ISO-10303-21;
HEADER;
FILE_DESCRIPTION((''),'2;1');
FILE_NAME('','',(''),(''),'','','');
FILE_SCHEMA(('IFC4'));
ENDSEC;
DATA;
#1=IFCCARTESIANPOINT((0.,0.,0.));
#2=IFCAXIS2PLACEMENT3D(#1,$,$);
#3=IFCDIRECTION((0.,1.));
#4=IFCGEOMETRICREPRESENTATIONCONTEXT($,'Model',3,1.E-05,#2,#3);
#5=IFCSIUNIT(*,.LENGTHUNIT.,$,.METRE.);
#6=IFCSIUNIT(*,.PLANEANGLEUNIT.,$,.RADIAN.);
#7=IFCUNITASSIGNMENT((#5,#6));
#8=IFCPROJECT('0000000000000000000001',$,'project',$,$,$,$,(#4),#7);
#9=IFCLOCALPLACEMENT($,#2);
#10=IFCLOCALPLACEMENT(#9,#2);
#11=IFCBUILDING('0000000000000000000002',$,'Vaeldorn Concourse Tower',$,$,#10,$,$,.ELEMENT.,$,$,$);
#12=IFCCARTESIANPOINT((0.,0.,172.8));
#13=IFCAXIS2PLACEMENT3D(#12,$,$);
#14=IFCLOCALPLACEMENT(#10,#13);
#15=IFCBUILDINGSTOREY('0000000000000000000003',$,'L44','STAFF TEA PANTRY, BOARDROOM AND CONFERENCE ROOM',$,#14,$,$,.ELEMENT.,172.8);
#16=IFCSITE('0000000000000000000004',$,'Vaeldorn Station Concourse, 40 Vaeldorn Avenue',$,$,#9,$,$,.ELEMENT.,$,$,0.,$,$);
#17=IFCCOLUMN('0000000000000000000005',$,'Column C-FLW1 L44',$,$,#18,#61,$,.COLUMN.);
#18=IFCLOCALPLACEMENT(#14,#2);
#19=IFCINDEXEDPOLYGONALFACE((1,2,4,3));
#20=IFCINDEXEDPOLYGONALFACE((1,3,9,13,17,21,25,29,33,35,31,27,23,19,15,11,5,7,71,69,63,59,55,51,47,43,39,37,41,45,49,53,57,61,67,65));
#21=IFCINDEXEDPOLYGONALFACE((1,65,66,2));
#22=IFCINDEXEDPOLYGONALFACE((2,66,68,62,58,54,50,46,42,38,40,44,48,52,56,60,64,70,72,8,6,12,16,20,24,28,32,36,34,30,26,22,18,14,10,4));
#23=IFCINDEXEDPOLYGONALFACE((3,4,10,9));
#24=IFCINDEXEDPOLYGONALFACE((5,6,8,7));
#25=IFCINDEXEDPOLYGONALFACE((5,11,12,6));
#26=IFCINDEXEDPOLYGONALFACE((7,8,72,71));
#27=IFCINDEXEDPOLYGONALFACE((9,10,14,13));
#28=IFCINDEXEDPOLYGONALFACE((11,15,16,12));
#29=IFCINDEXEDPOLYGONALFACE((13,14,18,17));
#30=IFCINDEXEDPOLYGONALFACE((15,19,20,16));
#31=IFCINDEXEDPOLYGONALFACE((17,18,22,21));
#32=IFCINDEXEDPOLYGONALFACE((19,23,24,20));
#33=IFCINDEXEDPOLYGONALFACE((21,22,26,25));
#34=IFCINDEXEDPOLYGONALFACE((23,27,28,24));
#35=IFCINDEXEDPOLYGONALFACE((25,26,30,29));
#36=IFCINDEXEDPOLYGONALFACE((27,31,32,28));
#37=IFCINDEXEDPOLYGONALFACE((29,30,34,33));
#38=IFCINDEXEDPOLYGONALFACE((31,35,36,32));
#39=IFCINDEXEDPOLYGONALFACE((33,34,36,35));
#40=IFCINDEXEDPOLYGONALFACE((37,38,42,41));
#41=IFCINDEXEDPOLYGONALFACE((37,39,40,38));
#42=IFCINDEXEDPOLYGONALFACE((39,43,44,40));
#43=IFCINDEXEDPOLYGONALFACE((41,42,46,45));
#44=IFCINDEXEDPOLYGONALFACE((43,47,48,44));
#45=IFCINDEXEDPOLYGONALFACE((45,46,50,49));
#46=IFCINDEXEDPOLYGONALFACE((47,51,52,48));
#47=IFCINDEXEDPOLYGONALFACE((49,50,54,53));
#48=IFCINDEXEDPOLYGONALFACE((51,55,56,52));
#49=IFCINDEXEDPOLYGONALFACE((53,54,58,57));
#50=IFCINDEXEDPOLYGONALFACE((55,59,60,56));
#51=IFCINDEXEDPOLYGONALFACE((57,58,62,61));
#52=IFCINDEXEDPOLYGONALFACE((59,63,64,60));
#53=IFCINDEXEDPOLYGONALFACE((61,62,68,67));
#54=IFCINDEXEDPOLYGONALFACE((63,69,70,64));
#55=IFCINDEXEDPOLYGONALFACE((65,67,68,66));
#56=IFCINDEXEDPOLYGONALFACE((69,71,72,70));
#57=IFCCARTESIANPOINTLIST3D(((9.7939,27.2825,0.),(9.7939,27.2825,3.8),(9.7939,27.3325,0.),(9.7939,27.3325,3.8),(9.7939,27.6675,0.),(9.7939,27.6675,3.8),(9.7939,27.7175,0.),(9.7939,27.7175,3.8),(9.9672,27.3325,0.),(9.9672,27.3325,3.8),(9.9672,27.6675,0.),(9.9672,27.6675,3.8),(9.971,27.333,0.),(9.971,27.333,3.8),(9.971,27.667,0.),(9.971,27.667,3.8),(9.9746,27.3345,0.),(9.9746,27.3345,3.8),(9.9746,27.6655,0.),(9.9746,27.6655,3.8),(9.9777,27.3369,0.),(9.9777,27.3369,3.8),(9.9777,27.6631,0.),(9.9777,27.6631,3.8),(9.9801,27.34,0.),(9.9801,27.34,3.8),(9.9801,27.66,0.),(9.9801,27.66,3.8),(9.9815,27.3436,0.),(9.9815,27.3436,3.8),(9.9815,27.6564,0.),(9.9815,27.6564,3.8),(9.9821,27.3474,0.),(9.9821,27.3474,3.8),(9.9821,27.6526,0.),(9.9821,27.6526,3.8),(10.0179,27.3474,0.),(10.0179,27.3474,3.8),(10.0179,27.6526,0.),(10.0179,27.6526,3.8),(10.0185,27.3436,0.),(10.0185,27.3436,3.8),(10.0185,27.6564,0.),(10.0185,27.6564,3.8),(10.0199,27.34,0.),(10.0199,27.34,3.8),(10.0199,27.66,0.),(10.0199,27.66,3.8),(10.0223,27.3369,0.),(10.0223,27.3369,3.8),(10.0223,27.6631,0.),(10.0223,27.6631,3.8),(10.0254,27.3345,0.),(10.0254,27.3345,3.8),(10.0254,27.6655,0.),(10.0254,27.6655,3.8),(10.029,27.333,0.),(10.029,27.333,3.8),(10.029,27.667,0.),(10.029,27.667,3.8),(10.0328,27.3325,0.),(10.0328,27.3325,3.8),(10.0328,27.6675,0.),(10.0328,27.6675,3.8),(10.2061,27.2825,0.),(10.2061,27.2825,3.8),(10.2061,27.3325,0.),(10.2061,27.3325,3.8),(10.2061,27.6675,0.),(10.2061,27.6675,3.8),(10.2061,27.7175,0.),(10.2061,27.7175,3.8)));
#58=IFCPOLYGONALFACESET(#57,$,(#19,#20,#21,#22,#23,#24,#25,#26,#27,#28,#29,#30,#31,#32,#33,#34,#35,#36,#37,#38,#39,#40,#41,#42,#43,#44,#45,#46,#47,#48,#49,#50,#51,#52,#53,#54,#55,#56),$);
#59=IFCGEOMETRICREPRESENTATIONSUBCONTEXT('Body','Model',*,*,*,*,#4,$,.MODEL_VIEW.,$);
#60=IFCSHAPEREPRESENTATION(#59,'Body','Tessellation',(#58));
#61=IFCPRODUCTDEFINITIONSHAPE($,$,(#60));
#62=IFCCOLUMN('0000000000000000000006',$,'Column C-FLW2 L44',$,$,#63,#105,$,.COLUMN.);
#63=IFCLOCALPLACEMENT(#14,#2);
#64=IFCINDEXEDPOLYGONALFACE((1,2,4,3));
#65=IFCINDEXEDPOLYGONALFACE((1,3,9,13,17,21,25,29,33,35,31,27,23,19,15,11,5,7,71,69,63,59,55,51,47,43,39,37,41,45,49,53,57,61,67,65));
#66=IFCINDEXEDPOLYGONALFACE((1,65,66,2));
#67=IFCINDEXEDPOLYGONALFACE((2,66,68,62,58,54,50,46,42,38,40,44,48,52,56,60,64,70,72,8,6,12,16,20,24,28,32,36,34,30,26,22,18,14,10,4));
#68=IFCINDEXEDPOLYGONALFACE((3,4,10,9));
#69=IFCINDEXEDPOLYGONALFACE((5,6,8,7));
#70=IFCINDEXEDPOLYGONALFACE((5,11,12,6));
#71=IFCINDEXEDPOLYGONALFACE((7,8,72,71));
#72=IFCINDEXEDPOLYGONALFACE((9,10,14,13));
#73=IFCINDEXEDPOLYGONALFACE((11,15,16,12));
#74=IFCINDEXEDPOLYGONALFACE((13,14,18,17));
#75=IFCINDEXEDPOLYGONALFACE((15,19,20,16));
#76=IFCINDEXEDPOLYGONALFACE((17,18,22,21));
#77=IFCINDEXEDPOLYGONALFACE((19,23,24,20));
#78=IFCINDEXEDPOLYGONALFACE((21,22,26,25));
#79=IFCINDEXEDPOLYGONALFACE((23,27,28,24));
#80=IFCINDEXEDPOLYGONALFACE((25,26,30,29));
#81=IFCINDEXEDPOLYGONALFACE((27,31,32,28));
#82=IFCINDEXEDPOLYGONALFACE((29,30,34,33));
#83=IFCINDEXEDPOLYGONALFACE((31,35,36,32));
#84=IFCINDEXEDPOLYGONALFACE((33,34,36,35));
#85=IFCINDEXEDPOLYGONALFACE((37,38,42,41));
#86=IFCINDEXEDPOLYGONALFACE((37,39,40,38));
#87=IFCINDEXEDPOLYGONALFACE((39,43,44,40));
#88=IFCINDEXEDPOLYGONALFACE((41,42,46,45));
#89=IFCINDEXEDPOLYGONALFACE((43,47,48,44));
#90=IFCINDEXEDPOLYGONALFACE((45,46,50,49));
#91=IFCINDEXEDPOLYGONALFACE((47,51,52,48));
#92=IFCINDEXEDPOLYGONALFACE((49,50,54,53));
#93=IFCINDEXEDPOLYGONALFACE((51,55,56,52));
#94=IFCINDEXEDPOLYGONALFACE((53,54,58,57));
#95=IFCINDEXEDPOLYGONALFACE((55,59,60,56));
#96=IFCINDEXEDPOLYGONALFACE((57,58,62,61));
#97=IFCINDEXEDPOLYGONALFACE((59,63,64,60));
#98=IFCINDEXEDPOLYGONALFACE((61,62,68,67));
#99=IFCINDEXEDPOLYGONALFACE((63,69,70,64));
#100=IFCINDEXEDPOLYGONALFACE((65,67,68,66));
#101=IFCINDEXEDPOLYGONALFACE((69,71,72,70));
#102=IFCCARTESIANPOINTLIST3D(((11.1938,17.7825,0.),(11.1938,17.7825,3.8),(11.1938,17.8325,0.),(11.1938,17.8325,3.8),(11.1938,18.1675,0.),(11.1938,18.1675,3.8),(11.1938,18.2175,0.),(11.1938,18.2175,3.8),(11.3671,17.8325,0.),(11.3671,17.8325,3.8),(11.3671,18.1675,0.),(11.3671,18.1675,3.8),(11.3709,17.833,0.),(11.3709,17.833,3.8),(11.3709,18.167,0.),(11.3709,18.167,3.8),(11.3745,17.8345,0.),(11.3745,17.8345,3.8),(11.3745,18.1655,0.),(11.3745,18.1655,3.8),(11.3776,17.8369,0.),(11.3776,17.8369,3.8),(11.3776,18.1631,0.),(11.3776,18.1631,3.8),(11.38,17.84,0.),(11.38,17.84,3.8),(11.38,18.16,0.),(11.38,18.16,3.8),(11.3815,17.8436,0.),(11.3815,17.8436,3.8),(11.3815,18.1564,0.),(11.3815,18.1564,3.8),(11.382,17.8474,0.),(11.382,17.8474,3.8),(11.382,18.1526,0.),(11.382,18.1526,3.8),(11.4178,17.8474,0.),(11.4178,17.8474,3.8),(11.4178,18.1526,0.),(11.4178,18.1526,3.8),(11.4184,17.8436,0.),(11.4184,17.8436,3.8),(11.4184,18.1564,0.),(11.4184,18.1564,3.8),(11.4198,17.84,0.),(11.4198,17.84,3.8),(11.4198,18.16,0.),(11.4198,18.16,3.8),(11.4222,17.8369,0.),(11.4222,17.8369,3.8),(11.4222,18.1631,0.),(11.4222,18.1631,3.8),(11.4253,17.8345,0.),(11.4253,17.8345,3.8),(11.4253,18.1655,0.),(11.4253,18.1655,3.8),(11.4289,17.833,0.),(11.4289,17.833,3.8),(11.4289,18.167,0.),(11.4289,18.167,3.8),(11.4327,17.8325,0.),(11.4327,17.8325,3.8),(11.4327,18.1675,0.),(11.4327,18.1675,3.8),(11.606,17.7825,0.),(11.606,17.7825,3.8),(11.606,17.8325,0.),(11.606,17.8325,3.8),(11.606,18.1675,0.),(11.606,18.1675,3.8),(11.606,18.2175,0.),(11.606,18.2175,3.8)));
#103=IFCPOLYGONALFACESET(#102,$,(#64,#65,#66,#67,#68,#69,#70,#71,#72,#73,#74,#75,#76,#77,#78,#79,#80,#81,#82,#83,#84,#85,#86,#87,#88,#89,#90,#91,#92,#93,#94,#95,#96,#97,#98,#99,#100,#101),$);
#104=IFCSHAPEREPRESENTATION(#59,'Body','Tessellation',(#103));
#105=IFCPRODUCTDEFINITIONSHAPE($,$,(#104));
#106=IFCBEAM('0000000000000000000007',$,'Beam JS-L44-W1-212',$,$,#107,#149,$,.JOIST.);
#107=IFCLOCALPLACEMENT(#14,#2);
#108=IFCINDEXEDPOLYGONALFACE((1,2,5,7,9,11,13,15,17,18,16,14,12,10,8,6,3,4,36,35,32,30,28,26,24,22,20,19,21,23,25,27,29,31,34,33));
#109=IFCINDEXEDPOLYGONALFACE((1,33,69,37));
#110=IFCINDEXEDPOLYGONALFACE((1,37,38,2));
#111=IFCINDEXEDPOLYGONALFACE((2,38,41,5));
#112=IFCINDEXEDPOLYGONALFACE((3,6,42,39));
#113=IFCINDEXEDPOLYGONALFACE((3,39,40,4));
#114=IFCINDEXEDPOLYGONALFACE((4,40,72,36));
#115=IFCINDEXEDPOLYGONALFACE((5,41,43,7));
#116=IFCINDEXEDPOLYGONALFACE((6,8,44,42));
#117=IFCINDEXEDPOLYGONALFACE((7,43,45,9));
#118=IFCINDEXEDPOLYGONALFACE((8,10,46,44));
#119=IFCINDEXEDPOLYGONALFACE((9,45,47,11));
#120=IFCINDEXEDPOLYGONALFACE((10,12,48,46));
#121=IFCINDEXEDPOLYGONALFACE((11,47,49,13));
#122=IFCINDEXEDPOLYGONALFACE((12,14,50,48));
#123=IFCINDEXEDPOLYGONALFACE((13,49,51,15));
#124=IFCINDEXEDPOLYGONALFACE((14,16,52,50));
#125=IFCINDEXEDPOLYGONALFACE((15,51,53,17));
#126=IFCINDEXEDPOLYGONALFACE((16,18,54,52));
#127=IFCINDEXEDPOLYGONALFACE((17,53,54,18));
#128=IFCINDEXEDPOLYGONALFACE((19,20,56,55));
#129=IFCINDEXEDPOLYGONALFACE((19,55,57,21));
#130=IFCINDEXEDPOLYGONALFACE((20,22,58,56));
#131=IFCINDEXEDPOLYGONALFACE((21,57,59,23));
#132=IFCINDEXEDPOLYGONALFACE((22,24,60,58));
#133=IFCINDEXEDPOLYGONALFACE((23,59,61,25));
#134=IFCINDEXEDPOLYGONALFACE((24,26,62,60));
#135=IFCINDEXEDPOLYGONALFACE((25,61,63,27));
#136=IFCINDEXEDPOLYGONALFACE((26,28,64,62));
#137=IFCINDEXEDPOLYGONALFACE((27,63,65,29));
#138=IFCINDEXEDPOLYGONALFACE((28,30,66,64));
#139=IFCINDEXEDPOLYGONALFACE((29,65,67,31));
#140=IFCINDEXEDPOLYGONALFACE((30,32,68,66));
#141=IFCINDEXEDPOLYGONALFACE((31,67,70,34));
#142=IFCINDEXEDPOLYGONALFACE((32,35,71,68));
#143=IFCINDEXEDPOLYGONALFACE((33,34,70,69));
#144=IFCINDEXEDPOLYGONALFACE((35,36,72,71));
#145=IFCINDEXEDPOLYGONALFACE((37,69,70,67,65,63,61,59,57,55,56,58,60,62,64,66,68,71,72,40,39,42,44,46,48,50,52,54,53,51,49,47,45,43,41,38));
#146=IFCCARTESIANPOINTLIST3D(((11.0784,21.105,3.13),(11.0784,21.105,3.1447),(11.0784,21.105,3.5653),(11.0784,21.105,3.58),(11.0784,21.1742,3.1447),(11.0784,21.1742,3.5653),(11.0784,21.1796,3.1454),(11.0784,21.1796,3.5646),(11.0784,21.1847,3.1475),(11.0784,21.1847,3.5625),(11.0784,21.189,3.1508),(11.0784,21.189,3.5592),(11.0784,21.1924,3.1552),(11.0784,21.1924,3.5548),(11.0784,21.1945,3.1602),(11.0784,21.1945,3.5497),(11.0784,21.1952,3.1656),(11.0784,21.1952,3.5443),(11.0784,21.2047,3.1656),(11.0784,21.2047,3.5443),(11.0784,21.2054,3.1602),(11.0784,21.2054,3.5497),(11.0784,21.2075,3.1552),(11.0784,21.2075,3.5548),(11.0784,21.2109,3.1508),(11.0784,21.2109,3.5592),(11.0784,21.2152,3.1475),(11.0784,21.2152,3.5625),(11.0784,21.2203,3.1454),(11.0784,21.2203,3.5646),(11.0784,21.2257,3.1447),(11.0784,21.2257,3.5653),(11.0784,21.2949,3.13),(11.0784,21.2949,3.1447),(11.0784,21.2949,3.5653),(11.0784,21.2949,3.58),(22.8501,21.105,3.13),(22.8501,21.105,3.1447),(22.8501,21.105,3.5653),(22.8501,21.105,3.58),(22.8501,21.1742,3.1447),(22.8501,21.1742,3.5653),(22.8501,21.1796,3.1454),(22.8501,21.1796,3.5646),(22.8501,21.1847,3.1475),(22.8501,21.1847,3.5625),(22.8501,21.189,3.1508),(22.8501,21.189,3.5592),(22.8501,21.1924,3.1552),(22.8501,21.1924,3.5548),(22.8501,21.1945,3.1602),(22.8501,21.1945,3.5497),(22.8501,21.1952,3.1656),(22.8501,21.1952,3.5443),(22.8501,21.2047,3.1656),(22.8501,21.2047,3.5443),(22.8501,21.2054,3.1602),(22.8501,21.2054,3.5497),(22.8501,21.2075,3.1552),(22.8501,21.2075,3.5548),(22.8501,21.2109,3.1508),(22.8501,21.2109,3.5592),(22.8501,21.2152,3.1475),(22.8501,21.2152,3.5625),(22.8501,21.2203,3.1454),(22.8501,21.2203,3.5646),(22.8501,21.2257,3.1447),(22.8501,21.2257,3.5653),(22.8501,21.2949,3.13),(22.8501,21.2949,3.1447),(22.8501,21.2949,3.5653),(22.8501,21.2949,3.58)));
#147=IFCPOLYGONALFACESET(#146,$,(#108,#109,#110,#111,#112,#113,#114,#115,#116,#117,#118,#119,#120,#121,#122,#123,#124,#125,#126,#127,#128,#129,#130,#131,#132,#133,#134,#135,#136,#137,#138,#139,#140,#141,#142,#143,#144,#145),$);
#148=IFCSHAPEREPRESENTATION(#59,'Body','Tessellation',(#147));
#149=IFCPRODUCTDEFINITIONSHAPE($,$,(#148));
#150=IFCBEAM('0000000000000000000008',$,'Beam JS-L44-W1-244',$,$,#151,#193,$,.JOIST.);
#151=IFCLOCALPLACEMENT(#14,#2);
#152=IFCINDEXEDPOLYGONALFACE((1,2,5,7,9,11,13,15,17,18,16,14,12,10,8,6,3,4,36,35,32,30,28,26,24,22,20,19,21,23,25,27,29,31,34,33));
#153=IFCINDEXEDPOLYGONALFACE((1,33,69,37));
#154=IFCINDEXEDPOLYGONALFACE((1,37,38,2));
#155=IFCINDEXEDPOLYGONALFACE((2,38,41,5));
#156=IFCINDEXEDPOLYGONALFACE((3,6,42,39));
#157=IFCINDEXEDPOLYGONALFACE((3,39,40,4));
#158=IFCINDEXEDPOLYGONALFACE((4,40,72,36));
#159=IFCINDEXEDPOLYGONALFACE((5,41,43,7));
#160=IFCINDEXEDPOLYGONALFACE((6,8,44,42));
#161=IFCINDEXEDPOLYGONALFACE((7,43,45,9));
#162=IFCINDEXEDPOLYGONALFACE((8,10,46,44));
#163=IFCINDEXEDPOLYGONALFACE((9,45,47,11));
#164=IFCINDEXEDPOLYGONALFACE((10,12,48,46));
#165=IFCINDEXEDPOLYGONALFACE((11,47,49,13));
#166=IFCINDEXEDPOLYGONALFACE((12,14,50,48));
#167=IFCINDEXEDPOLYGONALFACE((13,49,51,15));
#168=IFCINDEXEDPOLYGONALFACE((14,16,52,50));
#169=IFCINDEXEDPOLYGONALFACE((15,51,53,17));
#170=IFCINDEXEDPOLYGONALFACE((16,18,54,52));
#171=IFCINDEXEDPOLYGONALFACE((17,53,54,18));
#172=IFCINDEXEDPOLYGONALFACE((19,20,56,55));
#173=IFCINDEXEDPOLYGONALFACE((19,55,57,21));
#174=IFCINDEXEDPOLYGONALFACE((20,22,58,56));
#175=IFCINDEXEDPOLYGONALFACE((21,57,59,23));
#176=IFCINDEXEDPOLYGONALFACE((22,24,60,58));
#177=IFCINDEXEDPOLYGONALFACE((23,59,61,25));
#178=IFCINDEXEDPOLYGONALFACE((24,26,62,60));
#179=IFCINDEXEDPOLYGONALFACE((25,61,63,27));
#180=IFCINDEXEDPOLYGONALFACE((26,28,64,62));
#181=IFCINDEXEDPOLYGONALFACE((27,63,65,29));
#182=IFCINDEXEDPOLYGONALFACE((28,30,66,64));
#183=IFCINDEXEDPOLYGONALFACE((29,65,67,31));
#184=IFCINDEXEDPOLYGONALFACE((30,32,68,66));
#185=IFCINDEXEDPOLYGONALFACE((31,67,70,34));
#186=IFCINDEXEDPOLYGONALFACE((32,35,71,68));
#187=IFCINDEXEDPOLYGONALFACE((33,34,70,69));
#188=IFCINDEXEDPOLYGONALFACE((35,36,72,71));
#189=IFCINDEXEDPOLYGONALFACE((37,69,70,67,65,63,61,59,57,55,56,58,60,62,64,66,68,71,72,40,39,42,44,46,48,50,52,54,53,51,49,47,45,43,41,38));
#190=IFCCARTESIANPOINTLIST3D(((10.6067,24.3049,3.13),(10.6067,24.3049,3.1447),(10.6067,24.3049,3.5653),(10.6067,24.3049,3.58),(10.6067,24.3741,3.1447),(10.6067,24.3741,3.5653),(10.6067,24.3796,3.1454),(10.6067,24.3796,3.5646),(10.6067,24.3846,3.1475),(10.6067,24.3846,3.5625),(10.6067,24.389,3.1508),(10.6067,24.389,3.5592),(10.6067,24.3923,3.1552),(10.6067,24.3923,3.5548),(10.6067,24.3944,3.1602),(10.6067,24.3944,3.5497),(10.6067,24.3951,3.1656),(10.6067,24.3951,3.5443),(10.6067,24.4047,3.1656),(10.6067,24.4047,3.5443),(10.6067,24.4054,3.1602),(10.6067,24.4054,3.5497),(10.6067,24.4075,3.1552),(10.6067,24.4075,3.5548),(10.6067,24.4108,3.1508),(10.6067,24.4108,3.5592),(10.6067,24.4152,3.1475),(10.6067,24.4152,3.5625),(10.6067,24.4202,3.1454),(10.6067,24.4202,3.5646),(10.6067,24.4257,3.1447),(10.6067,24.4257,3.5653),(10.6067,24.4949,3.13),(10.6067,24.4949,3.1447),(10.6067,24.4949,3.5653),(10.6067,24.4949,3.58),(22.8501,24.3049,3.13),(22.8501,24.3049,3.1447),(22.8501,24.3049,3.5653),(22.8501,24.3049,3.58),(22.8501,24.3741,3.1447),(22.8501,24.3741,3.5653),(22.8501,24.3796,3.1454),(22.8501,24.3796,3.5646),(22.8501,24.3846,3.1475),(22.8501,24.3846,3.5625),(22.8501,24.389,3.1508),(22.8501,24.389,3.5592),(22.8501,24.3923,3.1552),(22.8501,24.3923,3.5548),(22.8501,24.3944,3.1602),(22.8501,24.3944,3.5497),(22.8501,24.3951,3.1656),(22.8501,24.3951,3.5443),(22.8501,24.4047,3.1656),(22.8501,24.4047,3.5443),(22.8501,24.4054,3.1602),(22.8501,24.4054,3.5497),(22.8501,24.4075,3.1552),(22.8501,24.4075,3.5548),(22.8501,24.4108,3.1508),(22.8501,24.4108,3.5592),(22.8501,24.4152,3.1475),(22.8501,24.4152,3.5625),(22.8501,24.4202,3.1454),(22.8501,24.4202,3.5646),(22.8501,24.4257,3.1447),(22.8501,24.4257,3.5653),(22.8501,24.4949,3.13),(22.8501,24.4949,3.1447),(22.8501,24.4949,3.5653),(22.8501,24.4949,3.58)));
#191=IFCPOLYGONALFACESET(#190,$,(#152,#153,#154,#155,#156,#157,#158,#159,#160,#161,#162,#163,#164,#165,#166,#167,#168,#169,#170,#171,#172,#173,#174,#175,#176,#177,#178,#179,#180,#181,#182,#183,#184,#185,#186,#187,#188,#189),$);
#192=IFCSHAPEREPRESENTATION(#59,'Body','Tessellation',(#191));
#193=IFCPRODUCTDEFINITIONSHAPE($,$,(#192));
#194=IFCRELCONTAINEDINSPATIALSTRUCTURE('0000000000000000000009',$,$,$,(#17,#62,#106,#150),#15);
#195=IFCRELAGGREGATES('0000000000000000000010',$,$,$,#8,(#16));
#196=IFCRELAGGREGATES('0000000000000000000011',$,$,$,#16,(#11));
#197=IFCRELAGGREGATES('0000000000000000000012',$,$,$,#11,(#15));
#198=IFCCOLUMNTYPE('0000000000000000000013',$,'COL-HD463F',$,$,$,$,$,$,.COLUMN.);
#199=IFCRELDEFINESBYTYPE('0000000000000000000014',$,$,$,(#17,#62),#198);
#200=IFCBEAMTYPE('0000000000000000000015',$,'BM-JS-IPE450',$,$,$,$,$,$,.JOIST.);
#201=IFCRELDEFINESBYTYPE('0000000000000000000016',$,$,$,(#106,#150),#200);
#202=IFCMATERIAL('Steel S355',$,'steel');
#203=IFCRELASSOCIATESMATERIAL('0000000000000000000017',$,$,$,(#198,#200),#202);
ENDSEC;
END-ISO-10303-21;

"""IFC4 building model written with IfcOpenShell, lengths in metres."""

from ifc_helpers import new_model, si_unit, direction, frame, origin, origin_2d, place, context, subcontext, project, spatial, i_section, extrude, source, transform, mapped, material, material_profile, profile_set, type_object, element, save


model = new_model("IFC4")

# Units and contexts
model_context = context("Model", 3, precision=1e-05, world=origin(), true_north=direction((0.0, 1.0)))
body_context = subcontext(model_context, "Body", "Model", "MODEL_VIEW")
ifc_project = project(units=[si_unit("LENGTHUNIT", "METRE"), si_unit("PLANEANGLEUNIT", "RADIAN")], contexts=[model_context])

# Site, building, storey
site_placement = place(None, origin())
site = spatial("IfcSite", under=ifc_project, at=site_placement, Name="Vaeldorn Station Concourse, 40 Vaeldorn Avenue", CompositionType="ELEMENT", RefElevation=0.0)
building_placement = place(site_placement, origin())
building = spatial("IfcBuilding", under=site, at=building_placement, Name="Vaeldorn Concourse Tower", CompositionType="ELEMENT")
storey_placement = place(building_placement, frame((0.0, 0.0, 172.8)))
storey = spatial("IfcBuildingStorey", under=building, at=storey_placement, Name="L44", Description="STAFF TEA PANTRY, BOARDROOM AND CONFERENCE ROOM", CompositionType="ELEMENT", Elevation=172.8)

# Columns
ifc_material_1 = material(Name="Steel S355", Category="steel")
ifc_material_profile_1 = material_profile(ifc_material_1, i_section(OverallWidth=0.4121, OverallDepth=0.4351, WebThickness=0.0359, FlangeThickness=0.05, FilletRadius=0.0149, at=origin_2d()), Name="HD 400x463")
ifc_profile_set_1 = profile_set([ifc_material_profile_1], Name="Steel S355")
column_type = type_object("IfcColumnType", Name="COL-HD463F", PredefinedType="COLUMN", material=ifc_profile_set_1)
shared_shape_1 = source(origin(), body_context, "Body", "SweptSolid", [
    extrude(i_section(OverallWidth=0.4121, OverallDepth=0.4351, WebThickness=0.0359, FlangeThickness=0.05, FilletRadius=0.0149, at=origin_2d()), origin(), (0.0, 0.0, 1.0), 3.8),
])
for number, where, z_axis, x_axis, name in (
    (1, (10.0, 27.5, 0.0), (0.0, 0.0, 1.0), (1.0, 0.0, 0.0), "Column C-FLW1 L44"),
    (2, (11.3999, 18.0, 0.0), (0.0, 0.0, 1.0), (1.0, 0.0, 0.0), "Column C-FLW2 L44"),
):
    element("IfcColumn", number, at=place(storey_placement, frame(where, z_axis=z_axis, x_axis=x_axis)), inside=storey, type_object=column_type, Name=name, PredefinedType="COLUMN", context=body_context, shape_type="MappedRepresentation", body=[
        mapped(shared_shape_1, transform((0.0, 0.0, 0.0), scale=1.0)),
    ])

# Beams
ifc_material_profile_2 = material_profile(ifc_material_1, i_section(OverallWidth=0.1899, OverallDepth=0.45, WebThickness=0.0095, FlangeThickness=0.0146, FilletRadius=0.021, at=origin_2d()), Name="IPE 450")
ifc_profile_set_2 = profile_set([ifc_material_profile_2], Name="Steel S355")
beam_type_1 = type_object("IfcBeamType", Name="BM-JS-IPE450", PredefinedType="JOIST", material=ifc_profile_set_2)
shared_shape_2 = source(origin(), body_context, "Body", "SweptSolid", [
    extrude(i_section(OverallWidth=0.1899, OverallDepth=0.45, WebThickness=0.0095, FlangeThickness=0.0146, FilletRadius=0.021, at=origin_2d()), origin(), (0.0, 0.0, 1.0), 11.7717),
])
beam_1_placement = place(storey_placement, frame((11.0784, 21.2, 3.355), z_axis=(1.0, 0.0, 0.0), x_axis=(0.0, 1.0, 0.0)))
element("IfcBeam", 3, at=beam_1_placement, inside=storey, type_object=beam_type_1, Name="Beam JS-L44-W1-212", PredefinedType="JOIST", context=body_context, shape_type="MappedRepresentation", body=[
    mapped(shared_shape_2, transform((0.0, 0.0, 0.0), scale=1.0)),
])
shared_shape_3 = source(origin(), body_context, "Body", "SweptSolid", [
    extrude(i_section(OverallWidth=0.1899, OverallDepth=0.45, WebThickness=0.0095, FlangeThickness=0.0146, FilletRadius=0.021, at=origin_2d()), origin(), (0.0, 0.0, 1.0), 12.2434),
])
beam_2_placement = place(storey_placement, frame((10.6067, 24.3999, 3.355), z_axis=(1.0, 0.0, 0.0), x_axis=(0.0, 1.0, 0.0)))
element("IfcBeam", 4, at=beam_2_placement, inside=storey, type_object=beam_type_1, Name="Beam JS-L44-W1-244", PredefinedType="JOIST", context=body_context, shape_type="MappedRepresentation", body=[
    mapped(shared_shape_3, transform((0.0, 0.0, 0.0), scale=1.0)),
])

save(model, "model.ifc")
